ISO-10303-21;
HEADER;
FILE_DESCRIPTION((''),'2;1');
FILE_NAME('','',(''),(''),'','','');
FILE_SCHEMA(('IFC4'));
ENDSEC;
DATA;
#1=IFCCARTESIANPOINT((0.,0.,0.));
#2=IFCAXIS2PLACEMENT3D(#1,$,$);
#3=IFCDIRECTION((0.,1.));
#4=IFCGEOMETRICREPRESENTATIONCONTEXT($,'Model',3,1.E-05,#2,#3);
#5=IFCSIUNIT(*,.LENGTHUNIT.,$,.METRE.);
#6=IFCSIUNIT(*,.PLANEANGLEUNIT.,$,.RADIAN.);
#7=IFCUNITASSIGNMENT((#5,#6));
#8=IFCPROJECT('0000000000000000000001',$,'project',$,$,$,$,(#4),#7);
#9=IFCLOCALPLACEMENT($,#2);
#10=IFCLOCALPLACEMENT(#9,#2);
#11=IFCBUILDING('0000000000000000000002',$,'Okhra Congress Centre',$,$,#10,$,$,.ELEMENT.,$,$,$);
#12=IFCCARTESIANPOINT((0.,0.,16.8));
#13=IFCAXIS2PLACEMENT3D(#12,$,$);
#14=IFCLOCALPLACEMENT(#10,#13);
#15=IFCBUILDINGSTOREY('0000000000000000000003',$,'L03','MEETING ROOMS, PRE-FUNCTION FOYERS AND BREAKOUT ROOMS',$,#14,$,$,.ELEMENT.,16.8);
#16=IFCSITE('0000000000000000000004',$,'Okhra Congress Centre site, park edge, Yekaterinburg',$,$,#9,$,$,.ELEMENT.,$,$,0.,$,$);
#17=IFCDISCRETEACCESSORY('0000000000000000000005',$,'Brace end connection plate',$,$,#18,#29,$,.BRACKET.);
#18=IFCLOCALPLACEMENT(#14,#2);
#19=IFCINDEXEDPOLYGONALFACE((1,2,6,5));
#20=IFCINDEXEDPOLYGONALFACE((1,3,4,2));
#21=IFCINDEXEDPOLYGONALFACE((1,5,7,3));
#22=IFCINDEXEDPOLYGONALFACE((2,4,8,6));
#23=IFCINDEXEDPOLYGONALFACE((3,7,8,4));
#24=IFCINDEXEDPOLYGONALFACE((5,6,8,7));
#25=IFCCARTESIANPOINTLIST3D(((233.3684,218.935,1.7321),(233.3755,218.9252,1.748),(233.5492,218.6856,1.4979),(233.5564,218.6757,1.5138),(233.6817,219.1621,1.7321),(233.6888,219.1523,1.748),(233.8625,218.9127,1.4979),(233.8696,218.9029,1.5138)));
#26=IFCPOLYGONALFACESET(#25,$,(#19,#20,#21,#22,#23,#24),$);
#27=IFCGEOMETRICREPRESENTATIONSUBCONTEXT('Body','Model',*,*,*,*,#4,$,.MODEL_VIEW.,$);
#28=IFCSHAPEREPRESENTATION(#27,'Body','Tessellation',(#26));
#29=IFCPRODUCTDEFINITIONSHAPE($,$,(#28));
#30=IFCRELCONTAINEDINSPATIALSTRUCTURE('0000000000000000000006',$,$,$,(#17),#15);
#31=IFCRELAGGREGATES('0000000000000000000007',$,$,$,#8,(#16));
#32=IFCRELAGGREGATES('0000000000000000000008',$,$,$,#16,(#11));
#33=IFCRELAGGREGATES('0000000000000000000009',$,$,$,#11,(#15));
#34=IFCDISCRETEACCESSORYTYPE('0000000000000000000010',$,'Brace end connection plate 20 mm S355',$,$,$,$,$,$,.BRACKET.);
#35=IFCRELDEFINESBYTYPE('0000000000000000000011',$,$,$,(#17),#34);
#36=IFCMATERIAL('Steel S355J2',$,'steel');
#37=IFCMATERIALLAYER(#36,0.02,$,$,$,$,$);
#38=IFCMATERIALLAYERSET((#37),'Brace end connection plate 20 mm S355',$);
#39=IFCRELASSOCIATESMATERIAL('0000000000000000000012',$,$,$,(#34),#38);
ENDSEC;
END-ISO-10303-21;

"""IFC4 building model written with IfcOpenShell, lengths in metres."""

from ifc_helpers import new_model, si_unit, direction, frame, origin, origin_2d, place, context, subcontext, project, spatial, rectangle, extrude, material, layer, layer_set, type_object, element, save


model = new_model("IFC4")

# Units and contexts
model_context = context("Model", 3, precision=1e-05, world=origin(), true_north=direction((0.0, 1.0)))
body_context = subcontext(model_context, "Body", "Model", "MODEL_VIEW")
ifc_project = project(units=[si_unit("LENGTHUNIT", "METRE"), si_unit("PLANEANGLEUNIT", "RADIAN")], contexts=[model_context])

# Site, building, storey
site_placement = place(None, origin())
site = spatial("IfcSite", under=ifc_project, at=site_placement, Name="Okhra Congress Centre site, park edge, Yekaterinburg", CompositionType="ELEMENT", RefElevation=0.0)
building_placement = place(site_placement, origin())
building = spatial("IfcBuilding", under=site, at=building_placement, Name="Okhra Congress Centre", CompositionType="ELEMENT")
storey_placement = place(building_placement, frame((0.0, 0.0, 16.8)))
storey = spatial("IfcBuildingStorey", under=building, at=storey_placement, Name="L03", Description="MEETING ROOMS, PRE-FUNCTION FOYERS AND BREAKOUT ROOMS", CompositionType="ELEMENT", Elevation=16.8)

# Shared definitions
ifc_material_1 = material(Name="Steel S355J2", Category="steel")

# Discrete accessory
ifc_layer = layer(ifc_material_1, 0.02)
ifc_layer_set = layer_set([ifc_layer], Name="Brace end connection plate 20 mm S355")
discrete_accessory_type = type_object("IfcDiscreteAccessoryType", Name="Brace end connection plate 20 mm S355", PredefinedType="BRACKET", material=ifc_layer_set)
for number, where, z_axis, x_axis, name in (
    (1, (233.6155, 218.9238, 1.615), (0.355194, -0.489922, 0.796124), (0.80961, 0.586968, 0.0), "Brace end connection plate"),
):
    element("IfcDiscreteAccessory", number, at=place(storey_placement, frame(where, z_axis=z_axis, x_axis=x_axis)), inside=storey, type_object=discrete_accessory_type, Name=name, PredefinedType="BRACKET", context=body_context, shape_type="SweptSolid", body=[
        extrude(rectangle(XDim=0.387, YDim=0.387, at=origin_2d()), origin(), (0.0, 0.0, 1.0), 0.02),
    ])

save(model, "model.ifc")
